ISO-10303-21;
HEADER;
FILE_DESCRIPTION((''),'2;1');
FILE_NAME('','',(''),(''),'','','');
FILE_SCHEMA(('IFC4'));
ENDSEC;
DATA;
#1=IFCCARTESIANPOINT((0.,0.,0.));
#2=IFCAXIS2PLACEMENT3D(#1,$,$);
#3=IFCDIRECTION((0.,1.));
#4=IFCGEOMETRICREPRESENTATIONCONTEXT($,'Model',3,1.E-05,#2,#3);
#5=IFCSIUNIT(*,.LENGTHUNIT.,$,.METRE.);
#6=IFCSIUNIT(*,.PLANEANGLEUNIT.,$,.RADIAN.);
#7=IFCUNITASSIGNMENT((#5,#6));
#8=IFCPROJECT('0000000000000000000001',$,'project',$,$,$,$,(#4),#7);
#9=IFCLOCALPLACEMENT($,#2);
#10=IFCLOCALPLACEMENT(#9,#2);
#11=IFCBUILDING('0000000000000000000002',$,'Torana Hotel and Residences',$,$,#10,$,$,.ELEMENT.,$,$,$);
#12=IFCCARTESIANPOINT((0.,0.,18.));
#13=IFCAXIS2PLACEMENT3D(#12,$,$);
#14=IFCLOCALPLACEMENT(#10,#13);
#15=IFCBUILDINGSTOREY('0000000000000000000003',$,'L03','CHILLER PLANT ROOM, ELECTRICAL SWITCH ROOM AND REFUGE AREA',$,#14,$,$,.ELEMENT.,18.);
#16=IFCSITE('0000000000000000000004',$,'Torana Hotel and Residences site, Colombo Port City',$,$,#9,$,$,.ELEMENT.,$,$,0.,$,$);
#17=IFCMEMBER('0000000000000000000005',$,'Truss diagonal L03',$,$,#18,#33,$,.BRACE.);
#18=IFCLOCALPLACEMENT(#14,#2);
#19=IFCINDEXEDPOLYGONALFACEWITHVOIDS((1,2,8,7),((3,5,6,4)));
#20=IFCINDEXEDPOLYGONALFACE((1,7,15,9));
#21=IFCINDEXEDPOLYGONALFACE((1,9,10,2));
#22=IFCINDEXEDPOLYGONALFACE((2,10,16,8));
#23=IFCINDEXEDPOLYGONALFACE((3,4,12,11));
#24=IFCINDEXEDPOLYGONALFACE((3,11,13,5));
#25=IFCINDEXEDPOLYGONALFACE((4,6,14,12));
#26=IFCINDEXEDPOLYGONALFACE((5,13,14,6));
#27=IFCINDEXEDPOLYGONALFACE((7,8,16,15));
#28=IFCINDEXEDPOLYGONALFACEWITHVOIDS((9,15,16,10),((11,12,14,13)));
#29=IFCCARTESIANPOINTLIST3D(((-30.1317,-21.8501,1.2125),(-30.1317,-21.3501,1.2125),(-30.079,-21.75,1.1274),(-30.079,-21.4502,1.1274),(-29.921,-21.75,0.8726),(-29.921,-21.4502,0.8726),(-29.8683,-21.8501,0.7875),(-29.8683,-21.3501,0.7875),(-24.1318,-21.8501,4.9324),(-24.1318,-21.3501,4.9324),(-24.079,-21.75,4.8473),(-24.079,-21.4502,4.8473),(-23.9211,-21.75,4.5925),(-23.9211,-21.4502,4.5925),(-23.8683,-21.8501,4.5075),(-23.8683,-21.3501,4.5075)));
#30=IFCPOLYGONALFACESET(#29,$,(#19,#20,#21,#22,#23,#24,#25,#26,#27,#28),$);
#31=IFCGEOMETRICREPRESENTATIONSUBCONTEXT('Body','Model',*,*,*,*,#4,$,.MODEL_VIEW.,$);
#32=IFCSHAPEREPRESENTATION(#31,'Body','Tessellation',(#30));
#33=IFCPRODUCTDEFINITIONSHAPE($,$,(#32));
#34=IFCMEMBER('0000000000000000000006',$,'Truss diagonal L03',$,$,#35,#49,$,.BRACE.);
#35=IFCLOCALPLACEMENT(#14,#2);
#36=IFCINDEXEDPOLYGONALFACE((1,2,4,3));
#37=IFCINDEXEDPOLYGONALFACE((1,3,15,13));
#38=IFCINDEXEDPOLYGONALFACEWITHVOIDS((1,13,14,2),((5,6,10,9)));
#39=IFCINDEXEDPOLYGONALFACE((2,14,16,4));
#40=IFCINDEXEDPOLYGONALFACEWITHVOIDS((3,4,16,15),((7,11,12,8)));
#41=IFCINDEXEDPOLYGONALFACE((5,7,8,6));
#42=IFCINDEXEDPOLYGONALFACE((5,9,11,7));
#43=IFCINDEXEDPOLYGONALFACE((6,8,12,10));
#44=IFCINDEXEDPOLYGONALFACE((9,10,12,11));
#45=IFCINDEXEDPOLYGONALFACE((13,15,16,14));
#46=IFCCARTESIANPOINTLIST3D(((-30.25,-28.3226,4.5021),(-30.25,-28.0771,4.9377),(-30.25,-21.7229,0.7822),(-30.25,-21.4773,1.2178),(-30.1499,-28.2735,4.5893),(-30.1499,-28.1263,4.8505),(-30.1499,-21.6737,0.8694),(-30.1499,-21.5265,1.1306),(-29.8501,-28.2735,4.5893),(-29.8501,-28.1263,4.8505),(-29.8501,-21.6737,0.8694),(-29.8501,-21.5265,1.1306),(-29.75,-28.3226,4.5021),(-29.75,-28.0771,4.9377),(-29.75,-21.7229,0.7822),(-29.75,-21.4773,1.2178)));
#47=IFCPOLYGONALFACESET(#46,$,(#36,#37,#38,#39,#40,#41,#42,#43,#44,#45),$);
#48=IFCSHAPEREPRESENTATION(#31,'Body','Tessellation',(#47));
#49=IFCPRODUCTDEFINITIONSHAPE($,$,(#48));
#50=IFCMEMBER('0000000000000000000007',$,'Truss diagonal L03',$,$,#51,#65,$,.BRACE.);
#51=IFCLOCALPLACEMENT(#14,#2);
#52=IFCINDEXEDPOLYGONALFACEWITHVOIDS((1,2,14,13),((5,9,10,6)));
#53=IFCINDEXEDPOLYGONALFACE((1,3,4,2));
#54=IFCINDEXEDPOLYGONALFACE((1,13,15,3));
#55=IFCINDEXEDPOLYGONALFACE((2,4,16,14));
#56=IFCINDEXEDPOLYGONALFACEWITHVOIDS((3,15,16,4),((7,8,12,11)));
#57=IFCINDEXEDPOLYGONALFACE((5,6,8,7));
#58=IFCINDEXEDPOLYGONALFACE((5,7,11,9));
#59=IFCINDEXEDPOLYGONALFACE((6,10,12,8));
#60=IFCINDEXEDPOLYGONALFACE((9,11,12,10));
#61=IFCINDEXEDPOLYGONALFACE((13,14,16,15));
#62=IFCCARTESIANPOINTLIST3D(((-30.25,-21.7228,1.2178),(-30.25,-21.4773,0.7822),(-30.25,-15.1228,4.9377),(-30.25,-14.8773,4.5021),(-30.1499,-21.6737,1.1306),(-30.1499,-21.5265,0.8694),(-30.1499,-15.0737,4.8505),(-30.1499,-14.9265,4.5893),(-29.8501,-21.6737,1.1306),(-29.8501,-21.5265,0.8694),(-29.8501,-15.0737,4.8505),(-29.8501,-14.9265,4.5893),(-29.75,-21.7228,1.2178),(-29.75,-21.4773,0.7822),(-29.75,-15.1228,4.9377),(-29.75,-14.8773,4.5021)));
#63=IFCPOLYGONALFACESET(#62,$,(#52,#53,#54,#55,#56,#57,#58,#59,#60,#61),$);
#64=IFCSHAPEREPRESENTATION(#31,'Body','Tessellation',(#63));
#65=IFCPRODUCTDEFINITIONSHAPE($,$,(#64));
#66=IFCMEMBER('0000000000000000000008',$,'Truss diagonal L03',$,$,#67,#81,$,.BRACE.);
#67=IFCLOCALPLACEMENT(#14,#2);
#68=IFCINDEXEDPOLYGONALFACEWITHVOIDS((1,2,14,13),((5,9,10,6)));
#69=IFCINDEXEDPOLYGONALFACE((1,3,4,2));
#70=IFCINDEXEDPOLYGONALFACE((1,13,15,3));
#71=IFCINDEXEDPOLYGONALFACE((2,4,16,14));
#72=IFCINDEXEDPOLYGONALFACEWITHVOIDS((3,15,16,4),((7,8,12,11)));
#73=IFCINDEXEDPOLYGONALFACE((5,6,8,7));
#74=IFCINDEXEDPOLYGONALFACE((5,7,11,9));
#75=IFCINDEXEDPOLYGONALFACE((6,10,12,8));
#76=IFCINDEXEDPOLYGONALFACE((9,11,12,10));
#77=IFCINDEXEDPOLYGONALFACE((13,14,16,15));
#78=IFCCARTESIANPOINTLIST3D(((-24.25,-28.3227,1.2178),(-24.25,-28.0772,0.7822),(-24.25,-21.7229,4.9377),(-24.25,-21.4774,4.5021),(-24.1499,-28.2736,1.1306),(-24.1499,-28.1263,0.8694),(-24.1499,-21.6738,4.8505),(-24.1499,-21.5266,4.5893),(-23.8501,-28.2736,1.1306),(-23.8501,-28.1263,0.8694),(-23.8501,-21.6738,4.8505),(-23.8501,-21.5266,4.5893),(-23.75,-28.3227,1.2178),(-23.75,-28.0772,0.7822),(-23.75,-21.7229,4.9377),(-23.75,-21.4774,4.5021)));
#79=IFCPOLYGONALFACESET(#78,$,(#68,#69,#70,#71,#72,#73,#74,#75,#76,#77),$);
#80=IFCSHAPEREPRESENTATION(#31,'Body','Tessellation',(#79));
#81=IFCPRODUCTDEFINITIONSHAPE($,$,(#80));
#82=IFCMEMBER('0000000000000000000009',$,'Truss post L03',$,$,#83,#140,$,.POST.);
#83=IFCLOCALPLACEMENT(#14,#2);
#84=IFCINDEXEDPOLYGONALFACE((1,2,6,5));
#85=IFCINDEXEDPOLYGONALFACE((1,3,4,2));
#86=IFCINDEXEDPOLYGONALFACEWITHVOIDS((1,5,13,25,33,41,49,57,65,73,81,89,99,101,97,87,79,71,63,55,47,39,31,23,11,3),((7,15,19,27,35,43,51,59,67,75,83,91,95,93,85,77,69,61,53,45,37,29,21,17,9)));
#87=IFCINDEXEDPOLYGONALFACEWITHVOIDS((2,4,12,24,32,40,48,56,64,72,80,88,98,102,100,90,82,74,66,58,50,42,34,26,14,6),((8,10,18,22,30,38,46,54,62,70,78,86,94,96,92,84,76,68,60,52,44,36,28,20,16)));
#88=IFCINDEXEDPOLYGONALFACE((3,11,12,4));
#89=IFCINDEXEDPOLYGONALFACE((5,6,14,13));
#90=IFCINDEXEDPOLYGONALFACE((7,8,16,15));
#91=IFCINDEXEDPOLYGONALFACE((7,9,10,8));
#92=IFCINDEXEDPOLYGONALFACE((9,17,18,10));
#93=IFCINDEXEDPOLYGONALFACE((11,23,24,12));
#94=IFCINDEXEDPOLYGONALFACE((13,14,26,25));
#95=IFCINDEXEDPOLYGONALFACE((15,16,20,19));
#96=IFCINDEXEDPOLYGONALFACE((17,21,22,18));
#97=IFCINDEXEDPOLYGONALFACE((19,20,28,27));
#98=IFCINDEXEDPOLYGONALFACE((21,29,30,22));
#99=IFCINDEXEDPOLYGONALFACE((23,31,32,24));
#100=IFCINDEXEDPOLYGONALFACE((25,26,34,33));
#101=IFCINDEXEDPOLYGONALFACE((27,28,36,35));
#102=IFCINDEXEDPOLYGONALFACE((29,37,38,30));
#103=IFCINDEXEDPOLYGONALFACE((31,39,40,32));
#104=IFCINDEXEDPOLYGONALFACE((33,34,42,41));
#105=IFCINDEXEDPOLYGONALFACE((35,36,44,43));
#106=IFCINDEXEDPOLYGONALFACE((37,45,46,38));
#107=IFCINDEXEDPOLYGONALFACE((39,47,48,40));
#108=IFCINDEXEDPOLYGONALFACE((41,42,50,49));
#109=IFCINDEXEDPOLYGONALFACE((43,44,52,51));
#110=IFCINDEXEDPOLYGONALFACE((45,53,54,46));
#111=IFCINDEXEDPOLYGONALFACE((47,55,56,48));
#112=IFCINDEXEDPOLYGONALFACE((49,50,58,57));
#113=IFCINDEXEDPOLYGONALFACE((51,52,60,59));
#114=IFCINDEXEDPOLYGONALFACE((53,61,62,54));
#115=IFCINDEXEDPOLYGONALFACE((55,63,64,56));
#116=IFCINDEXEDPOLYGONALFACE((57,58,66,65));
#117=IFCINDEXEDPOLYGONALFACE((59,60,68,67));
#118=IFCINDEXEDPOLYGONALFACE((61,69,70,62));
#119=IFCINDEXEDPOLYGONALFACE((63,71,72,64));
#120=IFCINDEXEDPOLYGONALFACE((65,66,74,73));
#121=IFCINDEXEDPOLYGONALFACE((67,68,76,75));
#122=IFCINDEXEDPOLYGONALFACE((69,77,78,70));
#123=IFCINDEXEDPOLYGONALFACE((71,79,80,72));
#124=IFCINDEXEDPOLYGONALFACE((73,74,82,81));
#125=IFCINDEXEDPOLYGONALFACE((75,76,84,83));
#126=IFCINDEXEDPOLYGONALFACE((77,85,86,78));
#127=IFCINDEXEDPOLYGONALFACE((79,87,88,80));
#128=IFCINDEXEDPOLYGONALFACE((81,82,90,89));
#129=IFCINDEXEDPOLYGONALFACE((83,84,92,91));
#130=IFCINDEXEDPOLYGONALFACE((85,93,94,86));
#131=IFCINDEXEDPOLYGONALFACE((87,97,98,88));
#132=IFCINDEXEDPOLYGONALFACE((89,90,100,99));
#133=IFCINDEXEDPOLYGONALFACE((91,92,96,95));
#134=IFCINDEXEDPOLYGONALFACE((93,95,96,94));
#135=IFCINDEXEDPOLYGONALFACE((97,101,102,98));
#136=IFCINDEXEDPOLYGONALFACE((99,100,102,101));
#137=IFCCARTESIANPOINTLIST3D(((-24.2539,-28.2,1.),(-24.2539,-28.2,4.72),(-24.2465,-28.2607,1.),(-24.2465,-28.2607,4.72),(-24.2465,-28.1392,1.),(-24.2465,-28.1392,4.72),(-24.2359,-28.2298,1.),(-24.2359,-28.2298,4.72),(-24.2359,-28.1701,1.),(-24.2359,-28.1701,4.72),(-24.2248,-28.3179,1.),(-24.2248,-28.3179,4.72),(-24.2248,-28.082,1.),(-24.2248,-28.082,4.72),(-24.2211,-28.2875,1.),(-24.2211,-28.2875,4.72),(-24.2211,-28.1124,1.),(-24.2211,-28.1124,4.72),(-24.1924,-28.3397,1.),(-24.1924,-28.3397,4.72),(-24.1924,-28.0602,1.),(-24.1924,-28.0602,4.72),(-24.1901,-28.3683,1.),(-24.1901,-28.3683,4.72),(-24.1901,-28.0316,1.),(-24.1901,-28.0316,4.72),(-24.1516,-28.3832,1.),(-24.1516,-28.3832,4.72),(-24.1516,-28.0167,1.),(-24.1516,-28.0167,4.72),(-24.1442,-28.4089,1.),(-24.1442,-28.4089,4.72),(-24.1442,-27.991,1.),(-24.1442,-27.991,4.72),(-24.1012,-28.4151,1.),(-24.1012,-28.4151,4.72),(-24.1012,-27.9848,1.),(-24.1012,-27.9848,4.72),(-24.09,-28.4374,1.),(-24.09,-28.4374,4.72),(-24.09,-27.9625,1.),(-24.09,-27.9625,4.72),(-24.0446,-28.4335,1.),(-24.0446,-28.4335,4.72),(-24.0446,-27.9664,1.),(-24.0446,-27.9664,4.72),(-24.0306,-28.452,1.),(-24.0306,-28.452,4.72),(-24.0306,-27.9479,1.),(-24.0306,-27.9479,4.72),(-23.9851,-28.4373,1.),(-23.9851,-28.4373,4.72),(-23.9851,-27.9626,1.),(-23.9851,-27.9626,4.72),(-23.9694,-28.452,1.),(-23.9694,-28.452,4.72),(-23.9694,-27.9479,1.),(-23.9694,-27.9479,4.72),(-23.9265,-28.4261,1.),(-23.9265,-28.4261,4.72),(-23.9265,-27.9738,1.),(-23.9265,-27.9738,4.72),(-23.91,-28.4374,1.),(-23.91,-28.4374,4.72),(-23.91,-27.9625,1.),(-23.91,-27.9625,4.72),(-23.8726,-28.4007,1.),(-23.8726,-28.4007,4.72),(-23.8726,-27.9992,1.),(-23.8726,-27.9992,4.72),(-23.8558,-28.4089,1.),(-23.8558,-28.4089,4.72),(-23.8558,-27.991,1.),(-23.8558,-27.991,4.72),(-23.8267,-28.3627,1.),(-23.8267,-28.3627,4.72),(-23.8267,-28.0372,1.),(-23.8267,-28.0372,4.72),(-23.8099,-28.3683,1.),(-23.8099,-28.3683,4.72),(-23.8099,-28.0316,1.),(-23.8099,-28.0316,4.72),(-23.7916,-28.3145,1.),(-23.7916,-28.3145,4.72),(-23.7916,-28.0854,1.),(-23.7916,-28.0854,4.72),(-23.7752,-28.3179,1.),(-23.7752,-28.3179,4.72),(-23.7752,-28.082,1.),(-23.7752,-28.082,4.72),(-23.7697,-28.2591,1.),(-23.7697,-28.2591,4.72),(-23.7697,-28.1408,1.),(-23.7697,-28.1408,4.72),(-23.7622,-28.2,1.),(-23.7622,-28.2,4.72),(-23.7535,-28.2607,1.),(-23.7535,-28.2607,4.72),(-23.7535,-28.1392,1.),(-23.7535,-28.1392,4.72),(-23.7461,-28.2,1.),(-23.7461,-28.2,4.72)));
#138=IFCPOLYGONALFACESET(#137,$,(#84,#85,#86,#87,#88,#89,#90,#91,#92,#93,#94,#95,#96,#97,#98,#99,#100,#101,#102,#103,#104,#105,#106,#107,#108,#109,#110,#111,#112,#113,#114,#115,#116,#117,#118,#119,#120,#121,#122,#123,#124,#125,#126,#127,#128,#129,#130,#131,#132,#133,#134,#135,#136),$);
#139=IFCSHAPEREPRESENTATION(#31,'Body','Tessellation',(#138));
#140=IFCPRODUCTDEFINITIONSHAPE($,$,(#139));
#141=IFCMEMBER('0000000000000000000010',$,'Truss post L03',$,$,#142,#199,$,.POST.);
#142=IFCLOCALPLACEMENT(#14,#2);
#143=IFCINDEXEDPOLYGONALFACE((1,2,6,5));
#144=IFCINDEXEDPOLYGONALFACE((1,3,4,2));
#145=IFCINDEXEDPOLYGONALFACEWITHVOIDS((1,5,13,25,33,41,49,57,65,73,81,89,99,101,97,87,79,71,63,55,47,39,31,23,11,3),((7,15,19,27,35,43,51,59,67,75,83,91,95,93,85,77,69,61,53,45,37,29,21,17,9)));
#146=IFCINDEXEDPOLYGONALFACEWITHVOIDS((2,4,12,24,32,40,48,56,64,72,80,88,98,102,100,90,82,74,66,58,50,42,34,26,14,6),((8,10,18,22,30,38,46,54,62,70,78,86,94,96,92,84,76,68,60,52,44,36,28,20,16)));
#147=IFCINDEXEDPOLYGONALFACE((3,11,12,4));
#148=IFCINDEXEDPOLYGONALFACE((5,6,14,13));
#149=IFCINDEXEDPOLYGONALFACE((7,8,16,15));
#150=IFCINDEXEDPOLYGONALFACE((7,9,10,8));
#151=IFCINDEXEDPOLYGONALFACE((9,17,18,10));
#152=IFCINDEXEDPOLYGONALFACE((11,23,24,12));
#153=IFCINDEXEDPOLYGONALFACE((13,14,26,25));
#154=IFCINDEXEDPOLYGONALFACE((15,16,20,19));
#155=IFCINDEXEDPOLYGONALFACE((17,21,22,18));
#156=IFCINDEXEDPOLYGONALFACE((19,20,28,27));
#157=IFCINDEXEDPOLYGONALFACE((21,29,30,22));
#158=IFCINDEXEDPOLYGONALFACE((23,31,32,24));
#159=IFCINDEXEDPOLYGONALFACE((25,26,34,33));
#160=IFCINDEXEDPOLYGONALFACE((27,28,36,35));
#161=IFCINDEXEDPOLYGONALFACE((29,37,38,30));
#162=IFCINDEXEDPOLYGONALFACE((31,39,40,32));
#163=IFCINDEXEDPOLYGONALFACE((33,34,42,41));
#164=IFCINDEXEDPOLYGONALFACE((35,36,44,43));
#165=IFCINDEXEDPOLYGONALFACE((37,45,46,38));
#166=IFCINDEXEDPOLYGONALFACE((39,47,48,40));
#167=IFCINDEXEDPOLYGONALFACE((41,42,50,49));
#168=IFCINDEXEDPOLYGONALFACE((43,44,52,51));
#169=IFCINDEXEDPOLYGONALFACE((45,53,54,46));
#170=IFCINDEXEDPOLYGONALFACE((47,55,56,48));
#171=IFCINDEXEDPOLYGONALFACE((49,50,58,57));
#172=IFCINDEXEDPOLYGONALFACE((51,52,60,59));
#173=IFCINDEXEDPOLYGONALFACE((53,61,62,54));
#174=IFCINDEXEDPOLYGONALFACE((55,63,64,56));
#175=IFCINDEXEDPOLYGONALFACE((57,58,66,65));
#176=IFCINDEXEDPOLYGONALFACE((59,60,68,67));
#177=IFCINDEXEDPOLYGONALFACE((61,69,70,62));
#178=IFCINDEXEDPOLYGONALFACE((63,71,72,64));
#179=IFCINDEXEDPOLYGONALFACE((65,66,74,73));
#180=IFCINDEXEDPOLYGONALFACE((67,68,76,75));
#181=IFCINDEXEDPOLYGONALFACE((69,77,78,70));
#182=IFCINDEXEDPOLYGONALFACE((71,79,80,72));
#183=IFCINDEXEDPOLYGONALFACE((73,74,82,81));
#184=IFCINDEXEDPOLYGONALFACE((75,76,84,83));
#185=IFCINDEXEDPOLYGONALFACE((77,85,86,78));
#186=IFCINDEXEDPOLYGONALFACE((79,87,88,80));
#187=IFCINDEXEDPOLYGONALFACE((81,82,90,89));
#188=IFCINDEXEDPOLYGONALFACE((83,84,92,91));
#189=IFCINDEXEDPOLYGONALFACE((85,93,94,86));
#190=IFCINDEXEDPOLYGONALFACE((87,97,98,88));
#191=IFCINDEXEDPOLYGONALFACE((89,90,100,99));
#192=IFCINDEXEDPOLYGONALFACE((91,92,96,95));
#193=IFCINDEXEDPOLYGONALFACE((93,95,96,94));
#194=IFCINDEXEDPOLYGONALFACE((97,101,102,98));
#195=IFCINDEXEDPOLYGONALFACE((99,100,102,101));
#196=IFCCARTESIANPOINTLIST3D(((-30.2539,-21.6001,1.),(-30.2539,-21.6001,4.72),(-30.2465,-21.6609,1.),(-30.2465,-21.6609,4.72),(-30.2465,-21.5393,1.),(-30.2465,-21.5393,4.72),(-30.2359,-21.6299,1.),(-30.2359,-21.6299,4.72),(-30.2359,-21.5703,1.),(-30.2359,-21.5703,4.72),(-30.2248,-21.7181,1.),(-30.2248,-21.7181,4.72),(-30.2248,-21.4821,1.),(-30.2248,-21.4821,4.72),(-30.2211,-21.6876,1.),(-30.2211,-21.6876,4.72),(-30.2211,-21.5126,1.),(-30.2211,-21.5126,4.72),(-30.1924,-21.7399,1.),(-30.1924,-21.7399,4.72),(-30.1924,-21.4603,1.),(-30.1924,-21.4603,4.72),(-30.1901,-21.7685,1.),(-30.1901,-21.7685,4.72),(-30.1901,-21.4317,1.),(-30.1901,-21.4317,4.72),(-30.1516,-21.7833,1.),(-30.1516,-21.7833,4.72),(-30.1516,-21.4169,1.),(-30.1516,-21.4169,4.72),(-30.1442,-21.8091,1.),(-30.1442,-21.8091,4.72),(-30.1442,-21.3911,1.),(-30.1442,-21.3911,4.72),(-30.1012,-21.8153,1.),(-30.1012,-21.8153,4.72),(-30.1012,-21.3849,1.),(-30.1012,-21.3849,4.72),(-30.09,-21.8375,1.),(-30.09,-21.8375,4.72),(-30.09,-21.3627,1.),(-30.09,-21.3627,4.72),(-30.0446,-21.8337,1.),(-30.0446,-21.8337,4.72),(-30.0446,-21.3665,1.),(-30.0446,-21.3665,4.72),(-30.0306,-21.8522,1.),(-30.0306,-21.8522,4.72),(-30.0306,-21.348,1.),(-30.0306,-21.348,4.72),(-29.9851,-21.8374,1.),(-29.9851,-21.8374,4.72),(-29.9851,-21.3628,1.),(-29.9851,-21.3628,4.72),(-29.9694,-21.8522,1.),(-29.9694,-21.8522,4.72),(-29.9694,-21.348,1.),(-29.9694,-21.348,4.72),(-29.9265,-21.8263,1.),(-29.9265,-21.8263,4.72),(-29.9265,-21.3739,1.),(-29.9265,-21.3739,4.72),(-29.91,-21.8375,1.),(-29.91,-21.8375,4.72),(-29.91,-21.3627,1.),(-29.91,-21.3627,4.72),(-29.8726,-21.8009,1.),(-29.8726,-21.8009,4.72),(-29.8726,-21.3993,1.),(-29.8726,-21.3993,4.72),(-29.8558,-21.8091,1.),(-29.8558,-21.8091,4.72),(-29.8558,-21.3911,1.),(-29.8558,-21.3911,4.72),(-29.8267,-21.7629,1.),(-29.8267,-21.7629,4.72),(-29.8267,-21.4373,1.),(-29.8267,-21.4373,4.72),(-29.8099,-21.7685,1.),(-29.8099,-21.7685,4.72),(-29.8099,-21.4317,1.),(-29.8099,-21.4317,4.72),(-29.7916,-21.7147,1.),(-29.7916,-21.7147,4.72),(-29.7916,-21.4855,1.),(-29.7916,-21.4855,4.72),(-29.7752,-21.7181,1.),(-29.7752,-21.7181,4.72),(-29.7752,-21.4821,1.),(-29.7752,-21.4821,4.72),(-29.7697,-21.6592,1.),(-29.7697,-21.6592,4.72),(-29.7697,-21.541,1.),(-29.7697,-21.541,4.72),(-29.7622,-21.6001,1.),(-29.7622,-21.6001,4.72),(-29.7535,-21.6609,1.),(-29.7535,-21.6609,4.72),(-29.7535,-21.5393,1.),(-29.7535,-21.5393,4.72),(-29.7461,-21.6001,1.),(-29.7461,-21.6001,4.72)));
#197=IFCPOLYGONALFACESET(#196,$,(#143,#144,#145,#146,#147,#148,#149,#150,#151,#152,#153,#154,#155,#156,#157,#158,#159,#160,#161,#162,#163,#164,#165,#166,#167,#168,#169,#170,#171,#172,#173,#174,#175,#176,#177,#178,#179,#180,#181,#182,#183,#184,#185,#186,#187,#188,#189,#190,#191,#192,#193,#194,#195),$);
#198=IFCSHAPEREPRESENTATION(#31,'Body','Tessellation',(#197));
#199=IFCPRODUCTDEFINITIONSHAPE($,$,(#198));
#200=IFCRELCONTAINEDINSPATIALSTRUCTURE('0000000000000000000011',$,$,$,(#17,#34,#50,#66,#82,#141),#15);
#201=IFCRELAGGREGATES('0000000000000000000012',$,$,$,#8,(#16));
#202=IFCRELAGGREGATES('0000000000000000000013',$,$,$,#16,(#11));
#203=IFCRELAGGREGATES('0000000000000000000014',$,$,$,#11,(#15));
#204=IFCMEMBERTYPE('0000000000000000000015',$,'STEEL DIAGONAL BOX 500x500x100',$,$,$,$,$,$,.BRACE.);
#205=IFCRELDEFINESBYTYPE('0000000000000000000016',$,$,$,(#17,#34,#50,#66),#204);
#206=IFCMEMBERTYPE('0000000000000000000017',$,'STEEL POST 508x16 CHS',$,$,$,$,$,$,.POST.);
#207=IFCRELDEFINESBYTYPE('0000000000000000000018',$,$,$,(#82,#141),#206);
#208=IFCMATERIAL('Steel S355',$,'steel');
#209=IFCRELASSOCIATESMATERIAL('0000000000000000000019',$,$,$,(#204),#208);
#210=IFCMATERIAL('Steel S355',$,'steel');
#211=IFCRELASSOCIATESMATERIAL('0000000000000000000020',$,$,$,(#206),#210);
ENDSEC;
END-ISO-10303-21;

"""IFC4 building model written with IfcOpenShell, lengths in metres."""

from ifc_helpers import new_model, si_unit, direction, frame, origin, origin_2d, place, context, subcontext, project, spatial, hollow_rectangle, hollow_circle, extrude, material, material_profile, profile_set, type_object, element, save


model = new_model("IFC4")

# Units and contexts
model_context = context("Model", 3, precision=1e-05, world=origin(), true_north=direction((0.0, 1.0)))
body_context = subcontext(model_context, "Body", "Model", "MODEL_VIEW")
ifc_project = project(units=[si_unit("LENGTHUNIT", "METRE"), si_unit("PLANEANGLEUNIT", "RADIAN")], contexts=[model_context])

# Site, building, storey
site_placement = place(None, origin())
site = spatial("IfcSite", under=ifc_project, at=site_placement, Name="Torana Hotel and Residences site, Colombo Port City", CompositionType="ELEMENT", RefElevation=0.0)
building_placement = place(site_placement, origin())
building = spatial("IfcBuilding", under=site, at=building_placement, Name="Torana Hotel and Residences", CompositionType="ELEMENT")
storey_placement = place(building_placement, frame((0.0, 0.0, 18.0)))
storey = spatial("IfcBuildingStorey", under=building, at=storey_placement, Name="L03", Description="CHILLER PLANT ROOM, ELECTRICAL SWITCH ROOM AND REFUGE AREA", CompositionType="ELEMENT", Elevation=18.0)

# Members
ifc_material_1 = material(Name="Steel S355", Category="steel")
ifc_material_profile_1 = material_profile(ifc_material_1, hollow_rectangle(XDim=0.5, YDim=0.5, WallThickness=0.1001, at=origin_2d()), Name="BOX 500x500x100")
ifc_profile_set_1 = profile_set([ifc_material_profile_1], Name="Steel S355")
member_type_1 = type_object("IfcMemberType", Name="STEEL DIAGONAL BOX 500x500x100", PredefinedType="BRACE", material=ifc_profile_set_1)
member_1_placement = place(storey_placement, frame((-30.0, -21.6001, 1.0), z_axis=(0.849905, 0.0, 0.526937), x_axis=(0.0, 1.0, 0.0)))
element("IfcMember", 1, at=member_1_placement, inside=storey, type_object=member_type_1, Name="Truss diagonal L03", PredefinedType="BRACE", context=body_context, shape_type="SweptSolid", body=[
    extrude(hollow_rectangle(XDim=0.5, YDim=0.5, WallThickness=0.1001, at=origin_2d()), origin(), (0.0, 0.0, 1.0), 7.0596),
])
member_2_placement = place(storey_placement, frame((-30.0, -21.6001, 1.0), z_axis=(0.0, -0.871149, 0.491018), x_axis=(1.0, 0.0, 0.0)))
element("IfcMember", 2, at=member_2_placement, inside=storey, type_object=member_type_1, Name="Truss diagonal L03", PredefinedType="BRACE", context=body_context, shape_type="SweptSolid", body=[
    extrude(hollow_rectangle(XDim=0.5, YDim=0.5, WallThickness=0.1001, at=origin_2d()), origin(), (0.0, 0.0, 1.0), 7.5759),
])
member_3_placement = place(storey_placement, frame((-30.0, -21.6001, 1.0), z_axis=(0.0, 0.871157, 0.491005), x_axis=(-1.0, 0.0, 0.0)))
element("IfcMember", 3, at=member_3_placement, inside=storey, type_object=member_type_1, Name="Truss diagonal L03", PredefinedType="BRACE", context=body_context, shape_type="SweptSolid", body=[
    extrude(hollow_rectangle(XDim=0.5, YDim=0.5, WallThickness=0.1001, at=origin_2d()), origin(), (0.0, 0.0, 1.0), 7.5762),
])
member_4_placement = place(storey_placement, frame((-24.0, -28.2, 1.0), z_axis=(0.0, 0.871149, 0.491018), x_axis=(-1.0, 0.0, 0.0)))
element("IfcMember", 4, at=member_4_placement, inside=storey, type_object=member_type_1, Name="Truss diagonal L03", PredefinedType="BRACE", context=body_context, shape_type="SweptSolid", body=[
    extrude(hollow_rectangle(XDim=0.5, YDim=0.5, WallThickness=0.1001, at=origin_2d()), origin(), (0.0, 0.0, 1.0), 7.5759),
])
ifc_material_2 = material(Name="Steel S355", Category="steel")
ifc_material_profile_2 = material_profile(ifc_material_2, hollow_circle(Radius=0.2539, WallThickness=0.0161, at=origin_2d()), Name="508x16 CHS")
ifc_profile_set_2 = profile_set([ifc_material_profile_2], Name="Steel S355")
member_type_2 = type_object("IfcMemberType", Name="STEEL POST 508x16 CHS", PredefinedType="POST", material=ifc_profile_set_2)
for number, where, z_axis, x_axis, name in (
    (5, (-24.0, -28.2, 1.0), (0.0, 0.0, 1.0), (1.0, 0.0, 0.0), "Truss post L03"),
    (6, (-30.0, -21.6001, 1.0), (0.0, 0.0, 1.0), (1.0, 0.0, 0.0), "Truss post L03"),
):
    element("IfcMember", number, at=place(storey_placement, frame(where, z_axis=z_axis, x_axis=x_axis)), inside=storey, type_object=member_type_2, Name=name, PredefinedType="POST", context=body_context, shape_type="SweptSolid", body=[
        extrude(hollow_circle(Radius=0.2539, WallThickness=0.0161, at=origin_2d()), origin(), (0.0, 0.0, 1.0), 3.72),
    ])

save(model, "model.ifc")
